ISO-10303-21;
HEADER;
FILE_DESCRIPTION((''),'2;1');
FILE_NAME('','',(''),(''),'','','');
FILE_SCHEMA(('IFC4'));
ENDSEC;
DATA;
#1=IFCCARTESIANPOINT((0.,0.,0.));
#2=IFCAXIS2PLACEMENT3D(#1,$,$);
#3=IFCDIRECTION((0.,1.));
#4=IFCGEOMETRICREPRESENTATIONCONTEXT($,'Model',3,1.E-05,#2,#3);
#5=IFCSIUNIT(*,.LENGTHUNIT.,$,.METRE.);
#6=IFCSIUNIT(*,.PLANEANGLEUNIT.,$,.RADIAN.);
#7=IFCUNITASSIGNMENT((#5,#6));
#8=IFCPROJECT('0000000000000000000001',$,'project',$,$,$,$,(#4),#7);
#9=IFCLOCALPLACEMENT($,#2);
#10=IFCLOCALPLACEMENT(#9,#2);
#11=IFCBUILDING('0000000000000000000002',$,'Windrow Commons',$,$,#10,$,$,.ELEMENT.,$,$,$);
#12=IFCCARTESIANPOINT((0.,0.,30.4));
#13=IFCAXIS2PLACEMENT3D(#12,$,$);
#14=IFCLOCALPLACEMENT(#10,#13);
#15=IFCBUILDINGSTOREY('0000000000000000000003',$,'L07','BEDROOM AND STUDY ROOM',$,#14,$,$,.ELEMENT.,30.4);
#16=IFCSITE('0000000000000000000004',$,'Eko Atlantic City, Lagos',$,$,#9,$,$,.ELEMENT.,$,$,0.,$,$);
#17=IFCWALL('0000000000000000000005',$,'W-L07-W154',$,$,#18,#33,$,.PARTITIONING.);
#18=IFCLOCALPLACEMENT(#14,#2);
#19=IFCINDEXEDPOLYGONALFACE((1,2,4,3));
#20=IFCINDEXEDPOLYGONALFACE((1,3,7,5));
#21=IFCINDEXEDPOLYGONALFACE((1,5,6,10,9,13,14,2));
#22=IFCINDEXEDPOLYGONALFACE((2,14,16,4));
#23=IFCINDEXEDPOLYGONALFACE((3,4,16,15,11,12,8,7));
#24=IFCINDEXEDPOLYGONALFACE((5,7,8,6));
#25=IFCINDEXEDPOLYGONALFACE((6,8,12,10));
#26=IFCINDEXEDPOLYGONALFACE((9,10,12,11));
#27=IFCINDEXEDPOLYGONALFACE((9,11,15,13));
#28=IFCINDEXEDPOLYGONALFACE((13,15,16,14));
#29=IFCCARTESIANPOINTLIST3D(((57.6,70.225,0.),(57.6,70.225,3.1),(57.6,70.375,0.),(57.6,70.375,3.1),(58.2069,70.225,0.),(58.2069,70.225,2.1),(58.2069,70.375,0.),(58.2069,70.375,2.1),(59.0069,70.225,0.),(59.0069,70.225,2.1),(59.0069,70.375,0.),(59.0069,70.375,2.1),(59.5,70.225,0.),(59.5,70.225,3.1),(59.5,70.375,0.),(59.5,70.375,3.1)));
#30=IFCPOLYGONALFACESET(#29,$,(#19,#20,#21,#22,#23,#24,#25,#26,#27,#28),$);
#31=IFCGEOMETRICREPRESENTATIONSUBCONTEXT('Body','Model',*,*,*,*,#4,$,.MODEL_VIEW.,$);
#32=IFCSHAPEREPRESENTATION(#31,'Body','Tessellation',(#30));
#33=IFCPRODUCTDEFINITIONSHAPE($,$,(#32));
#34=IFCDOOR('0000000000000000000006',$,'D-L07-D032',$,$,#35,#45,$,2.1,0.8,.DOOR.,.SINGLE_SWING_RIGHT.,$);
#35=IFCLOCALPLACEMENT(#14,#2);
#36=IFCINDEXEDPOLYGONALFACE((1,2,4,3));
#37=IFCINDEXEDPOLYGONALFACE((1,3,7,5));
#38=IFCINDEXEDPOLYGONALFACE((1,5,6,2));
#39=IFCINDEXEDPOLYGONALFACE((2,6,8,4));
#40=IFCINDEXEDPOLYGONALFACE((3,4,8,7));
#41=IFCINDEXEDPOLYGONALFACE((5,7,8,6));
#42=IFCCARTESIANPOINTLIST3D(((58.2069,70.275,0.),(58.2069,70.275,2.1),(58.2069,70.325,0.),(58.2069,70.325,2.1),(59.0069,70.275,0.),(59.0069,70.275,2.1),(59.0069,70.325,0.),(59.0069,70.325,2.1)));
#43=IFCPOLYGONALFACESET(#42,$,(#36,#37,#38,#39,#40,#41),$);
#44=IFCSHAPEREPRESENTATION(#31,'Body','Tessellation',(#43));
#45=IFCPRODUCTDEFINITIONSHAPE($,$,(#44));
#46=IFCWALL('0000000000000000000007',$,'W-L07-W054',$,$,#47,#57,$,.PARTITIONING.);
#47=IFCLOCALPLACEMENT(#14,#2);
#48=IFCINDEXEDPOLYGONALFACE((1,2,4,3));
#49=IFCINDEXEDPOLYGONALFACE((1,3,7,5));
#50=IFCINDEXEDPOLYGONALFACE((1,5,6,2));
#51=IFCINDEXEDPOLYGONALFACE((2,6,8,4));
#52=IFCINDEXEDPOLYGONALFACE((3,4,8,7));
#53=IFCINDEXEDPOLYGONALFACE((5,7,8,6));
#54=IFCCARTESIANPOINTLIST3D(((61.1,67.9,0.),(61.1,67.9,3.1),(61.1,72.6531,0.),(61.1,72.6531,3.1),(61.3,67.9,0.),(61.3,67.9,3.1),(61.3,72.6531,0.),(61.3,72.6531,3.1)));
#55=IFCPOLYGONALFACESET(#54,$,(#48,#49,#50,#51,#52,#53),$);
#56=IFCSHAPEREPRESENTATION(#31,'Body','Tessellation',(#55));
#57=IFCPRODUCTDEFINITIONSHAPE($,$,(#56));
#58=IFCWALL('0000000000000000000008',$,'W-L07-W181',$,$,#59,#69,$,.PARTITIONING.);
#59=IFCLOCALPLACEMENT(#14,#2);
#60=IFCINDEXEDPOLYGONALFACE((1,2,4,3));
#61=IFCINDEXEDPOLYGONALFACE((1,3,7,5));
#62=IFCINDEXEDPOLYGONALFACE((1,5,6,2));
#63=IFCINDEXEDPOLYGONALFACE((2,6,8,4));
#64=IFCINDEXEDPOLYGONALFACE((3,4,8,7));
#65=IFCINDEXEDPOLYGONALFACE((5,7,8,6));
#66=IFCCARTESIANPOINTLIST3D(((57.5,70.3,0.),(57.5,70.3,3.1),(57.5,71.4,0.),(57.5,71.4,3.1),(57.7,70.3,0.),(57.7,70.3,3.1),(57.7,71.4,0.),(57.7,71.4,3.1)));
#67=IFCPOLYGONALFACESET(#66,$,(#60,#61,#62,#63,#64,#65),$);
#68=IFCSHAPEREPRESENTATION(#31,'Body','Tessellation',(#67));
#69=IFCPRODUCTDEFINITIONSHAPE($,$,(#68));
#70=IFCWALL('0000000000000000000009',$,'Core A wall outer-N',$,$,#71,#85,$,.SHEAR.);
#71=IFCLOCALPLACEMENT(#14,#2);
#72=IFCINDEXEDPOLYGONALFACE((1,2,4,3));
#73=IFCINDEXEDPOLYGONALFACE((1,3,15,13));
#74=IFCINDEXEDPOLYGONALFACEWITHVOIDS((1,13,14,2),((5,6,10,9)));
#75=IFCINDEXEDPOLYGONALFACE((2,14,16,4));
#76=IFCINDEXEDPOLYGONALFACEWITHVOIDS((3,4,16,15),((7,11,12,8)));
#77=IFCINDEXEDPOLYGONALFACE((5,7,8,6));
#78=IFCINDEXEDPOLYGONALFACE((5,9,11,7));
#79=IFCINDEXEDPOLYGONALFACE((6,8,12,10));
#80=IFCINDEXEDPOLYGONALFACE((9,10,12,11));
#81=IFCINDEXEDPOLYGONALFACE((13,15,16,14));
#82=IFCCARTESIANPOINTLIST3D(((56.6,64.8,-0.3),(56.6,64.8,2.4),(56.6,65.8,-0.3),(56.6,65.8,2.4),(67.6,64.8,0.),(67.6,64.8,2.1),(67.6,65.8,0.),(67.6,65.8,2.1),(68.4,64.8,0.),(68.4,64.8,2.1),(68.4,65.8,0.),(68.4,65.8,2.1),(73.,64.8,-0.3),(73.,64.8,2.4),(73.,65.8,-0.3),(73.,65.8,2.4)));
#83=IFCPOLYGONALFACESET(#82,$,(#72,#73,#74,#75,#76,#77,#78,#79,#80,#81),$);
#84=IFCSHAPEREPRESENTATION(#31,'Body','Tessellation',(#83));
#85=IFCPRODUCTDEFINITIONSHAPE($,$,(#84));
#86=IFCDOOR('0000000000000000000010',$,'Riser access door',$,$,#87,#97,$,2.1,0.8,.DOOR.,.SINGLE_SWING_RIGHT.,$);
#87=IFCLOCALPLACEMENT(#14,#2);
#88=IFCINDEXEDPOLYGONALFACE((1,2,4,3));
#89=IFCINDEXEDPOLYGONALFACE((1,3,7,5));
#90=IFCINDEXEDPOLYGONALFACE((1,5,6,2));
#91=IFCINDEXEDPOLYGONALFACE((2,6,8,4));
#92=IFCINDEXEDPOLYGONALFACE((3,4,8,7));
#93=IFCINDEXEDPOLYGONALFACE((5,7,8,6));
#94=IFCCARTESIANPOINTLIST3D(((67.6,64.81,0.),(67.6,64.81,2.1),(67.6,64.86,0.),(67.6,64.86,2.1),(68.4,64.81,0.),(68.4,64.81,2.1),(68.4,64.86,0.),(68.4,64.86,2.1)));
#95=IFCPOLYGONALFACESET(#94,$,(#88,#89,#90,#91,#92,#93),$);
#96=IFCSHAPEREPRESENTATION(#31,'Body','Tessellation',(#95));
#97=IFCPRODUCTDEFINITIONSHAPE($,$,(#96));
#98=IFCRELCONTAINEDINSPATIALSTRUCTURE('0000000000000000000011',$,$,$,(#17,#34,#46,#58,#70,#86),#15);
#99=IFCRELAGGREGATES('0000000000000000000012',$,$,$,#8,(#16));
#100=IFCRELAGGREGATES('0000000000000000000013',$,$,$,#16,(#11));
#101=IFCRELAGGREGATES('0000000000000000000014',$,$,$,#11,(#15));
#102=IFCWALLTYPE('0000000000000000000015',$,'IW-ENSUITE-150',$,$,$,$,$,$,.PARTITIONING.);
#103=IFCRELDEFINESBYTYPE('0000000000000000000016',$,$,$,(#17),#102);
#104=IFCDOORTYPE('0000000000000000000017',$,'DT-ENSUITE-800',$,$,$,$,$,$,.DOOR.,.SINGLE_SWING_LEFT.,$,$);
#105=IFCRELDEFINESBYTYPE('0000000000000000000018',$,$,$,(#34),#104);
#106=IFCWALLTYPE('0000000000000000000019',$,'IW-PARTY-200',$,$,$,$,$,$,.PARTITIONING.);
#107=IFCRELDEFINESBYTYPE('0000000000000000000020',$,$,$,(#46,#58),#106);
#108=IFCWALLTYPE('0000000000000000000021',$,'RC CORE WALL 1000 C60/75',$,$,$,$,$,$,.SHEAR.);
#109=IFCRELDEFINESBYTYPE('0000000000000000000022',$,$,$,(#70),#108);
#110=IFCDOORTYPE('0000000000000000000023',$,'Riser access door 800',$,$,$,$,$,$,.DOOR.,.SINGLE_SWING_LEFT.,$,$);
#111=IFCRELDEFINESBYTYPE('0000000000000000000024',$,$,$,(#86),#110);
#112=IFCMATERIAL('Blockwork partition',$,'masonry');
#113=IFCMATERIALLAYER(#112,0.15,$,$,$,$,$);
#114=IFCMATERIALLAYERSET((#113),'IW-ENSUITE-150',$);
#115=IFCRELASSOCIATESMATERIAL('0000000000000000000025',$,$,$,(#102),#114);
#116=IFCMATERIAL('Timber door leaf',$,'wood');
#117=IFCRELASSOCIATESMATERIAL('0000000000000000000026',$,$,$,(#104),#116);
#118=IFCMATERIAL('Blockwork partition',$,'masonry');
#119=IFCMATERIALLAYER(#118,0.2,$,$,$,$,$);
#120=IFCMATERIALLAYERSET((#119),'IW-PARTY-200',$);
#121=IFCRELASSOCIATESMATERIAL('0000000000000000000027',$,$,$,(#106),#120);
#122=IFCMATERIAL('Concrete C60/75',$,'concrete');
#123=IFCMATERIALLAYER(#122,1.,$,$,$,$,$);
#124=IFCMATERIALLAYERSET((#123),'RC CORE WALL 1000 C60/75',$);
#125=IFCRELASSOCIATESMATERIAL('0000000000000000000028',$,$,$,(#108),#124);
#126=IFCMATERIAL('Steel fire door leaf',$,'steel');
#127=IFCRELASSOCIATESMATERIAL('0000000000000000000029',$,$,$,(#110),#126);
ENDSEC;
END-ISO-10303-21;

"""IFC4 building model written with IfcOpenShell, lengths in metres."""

from ifc_helpers import new_model, si_unit, direction, frame, frame_2d, origin, place, context, subcontext, project, spatial, rectangle, extrude, material, layer, layer_set, type_object, element, fill, save


model = new_model("IFC4")

# Units and contexts
model_context = context("Model", 3, precision=1e-05, world=origin(), true_north=direction((0.0, 1.0)))
body_context = subcontext(model_context, "Body", "Model", "MODEL_VIEW")
ifc_project = project(units=[si_unit("LENGTHUNIT", "METRE"), si_unit("PLANEANGLEUNIT", "RADIAN")], contexts=[model_context])

# Site, building, storey
site_placement = place(None, origin())
site = spatial("IfcSite", under=ifc_project, at=site_placement, Name="Eko Atlantic City, Lagos", CompositionType="ELEMENT", RefElevation=0.0)
building_placement = place(site_placement, origin())
building = spatial("IfcBuilding", under=site, at=building_placement, Name="Windrow Commons", CompositionType="ELEMENT")
storey_placement = place(building_placement, frame((0.0, 0.0, 30.4)))
storey = spatial("IfcBuildingStorey", under=building, at=storey_placement, Name="L07", Description="BEDROOM AND STUDY ROOM", CompositionType="ELEMENT", Elevation=30.4)

# Shared definitions
ifc_material_1 = material(Name="Blockwork partition", Category="masonry")
ifc_layer_1 = layer(ifc_material_1, 0.15)
ifc_layer_set_1 = layer_set([ifc_layer_1], Name="IW-ENSUITE-150")
wall_type_1 = type_object("IfcWallType", Name="IW-ENSUITE-150", PredefinedType="PARTITIONING", material=ifc_layer_set_1)

# Wall, opening, door
wall_1_placement = place(storey_placement, frame((57.6, 70.3, 0.0), z_axis=(0.0, 0.0, 1.0), x_axis=(1.0, 0.0, 0.0)))
wall_1 = element("IfcWall", 1, at=wall_1_placement, inside=storey, type_object=wall_type_1, Name="W-L07-W154", PredefinedType="PARTITIONING", context=body_context, shape_type="SweptSolid", body=[
    extrude(rectangle(XDim=1.9, YDim=0.15, at=frame_2d((0.95, 0.0))), origin(), (0.0, 0.0, 1.0), 3.1),
])
opening_1_placement = place(wall_1_placement, frame((0.6069, 0.0, 0.0)))
opening_1 = element("IfcOpeningElement", 2, at=opening_1_placement, cuts=wall_1, PredefinedType="OPENING", context=body_context, shape_type="SweptSolid", body=[
    extrude(rectangle(XDim=0.8, YDim=2.1, at=frame_2d((0.4, 1.05))), frame((0.0, 0.085, 0.0), z_axis=(0.0, -1.0, 0.0), x_axis=(1.0, 0.0, 0.0)), (0.0, 0.0, 1.0), 0.17),
])
ifc_material_2 = material(Name="Timber door leaf", Category="wood")
door_type_1 = type_object("IfcDoorType", Name="DT-ENSUITE-800", OperationType="SINGLE_SWING_LEFT", PredefinedType="DOOR", material=ifc_material_2)
door_1_placement = place(opening_1_placement, origin())
door_1 = element("IfcDoor", 3, at=door_1_placement, inside=storey, type_object=door_type_1, Name="D-L07-D032", OperationType="SINGLE_SWING_RIGHT", OverallHeight=2.1, OverallWidth=0.8, PredefinedType="DOOR", context=body_context, shape_type="SweptSolid", body=[
    extrude(rectangle(XDim=0.8, YDim=2.1, at=frame_2d((0.4, 1.05))), frame((0.0, 0.025, 0.0), z_axis=(0.0, -1.0, 0.0), x_axis=(1.0, 0.0, 0.0)), (0.0, 0.0, 1.0), 0.05),
])
fill(opening_1, door_1)

# Walls
ifc_material_3 = material(Name="Blockwork partition", Category="masonry")
ifc_layer_2 = layer(ifc_material_3, 0.2)
ifc_layer_set_2 = layer_set([ifc_layer_2], Name="IW-PARTY-200")
wall_type_2 = type_object("IfcWallType", Name="IW-PARTY-200", PredefinedType="PARTITIONING", material=ifc_layer_set_2)
wall_2_placement = place(storey_placement, frame((61.2, 67.9, 0.0), z_axis=(0.0, 0.0, 1.0), x_axis=(0.0, 1.0, 0.0)))
element("IfcWall", 4, at=wall_2_placement, inside=storey, type_object=wall_type_2, Name="W-L07-W054", PredefinedType="PARTITIONING", context=body_context, shape_type="SweptSolid", body=[
    extrude(rectangle(XDim=4.7531, YDim=0.2, at=frame_2d((2.3765, 0.0))), origin(), (0.0, 0.0, 1.0), 3.1),
])
wall_3_placement = place(storey_placement, frame((57.6, 70.3, 0.0), z_axis=(0.0, 0.0, 1.0), x_axis=(0.0, 1.0, 0.0)))
element("IfcWall", 5, at=wall_3_placement, inside=storey, type_object=wall_type_2, Name="W-L07-W181", PredefinedType="PARTITIONING", context=body_context, shape_type="SweptSolid", body=[
    extrude(rectangle(XDim=1.1, YDim=0.2, at=frame_2d((0.55, 0.0))), origin(), (0.0, 0.0, 1.0), 3.1),
])

# Wall, opening, door
ifc_material_4 = material(Name="Concrete C60/75", Category="concrete")
ifc_layer_3 = layer(ifc_material_4, 1.0)
ifc_layer_set_3 = layer_set([ifc_layer_3], Name="RC CORE WALL 1000 C60/75")
wall_type_3 = type_object("IfcWallType", Name="RC CORE WALL 1000 C60/75", PredefinedType="SHEAR", material=ifc_layer_set_3)
wall_4_placement = place(storey_placement, frame((56.6, 65.3, -0.3), z_axis=(0.0, 0.0, 1.0), x_axis=(1.0, 0.0, 0.0)))
wall_4 = element("IfcWall", 6, at=wall_4_placement, inside=storey, type_object=wall_type_3, Name="Core A wall outer-N", PredefinedType="SHEAR", context=body_context, shape_type="SweptSolid", body=[
    extrude(rectangle(XDim=16.4, YDim=1.0, at=frame_2d((8.2, 0.0))), origin(), (0.0, 0.0, 1.0), 2.7),
])
opening_2_placement = place(wall_4_placement, frame((11.0, 0.0, 0.3)))
opening_2 = element("IfcOpeningElement", 7, at=opening_2_placement, cuts=wall_4, PredefinedType="OPENING", context=body_context, shape_type="SweptSolid", body=[
    extrude(rectangle(XDim=0.8, YDim=2.1, at=frame_2d((0.4, 1.05))), frame((0.0, 0.51, 0.0), z_axis=(0.0, -1.0, 0.0), x_axis=(1.0, 0.0, 0.0)), (0.0, 0.0, 1.0), 1.02),
])
ifc_material_5 = material(Name="Steel fire door leaf", Category="steel")
door_type_2 = type_object("IfcDoorType", Name="Riser access door 800", OperationType="SINGLE_SWING_LEFT", PredefinedType="DOOR", material=ifc_material_5)
door_2_placement = place(opening_2_placement, origin())
door_2 = element("IfcDoor", 8, at=door_2_placement, inside=storey, type_object=door_type_2, Name="Riser access door", OperationType="SINGLE_SWING_RIGHT", OverallHeight=2.1, OverallWidth=0.8, PredefinedType="DOOR", context=body_context, shape_type="SweptSolid", body=[
    extrude(rectangle(XDim=0.8, YDim=2.1, at=frame_2d((0.4, 1.05))), frame((0.0, -0.44, 0.0), z_axis=(0.0, -1.0, 0.0), x_axis=(1.0, 0.0, 0.0)), (0.0, 0.0, 1.0), 0.05),
])
fill(opening_2, door_2)

save(model, "model.ifc")
